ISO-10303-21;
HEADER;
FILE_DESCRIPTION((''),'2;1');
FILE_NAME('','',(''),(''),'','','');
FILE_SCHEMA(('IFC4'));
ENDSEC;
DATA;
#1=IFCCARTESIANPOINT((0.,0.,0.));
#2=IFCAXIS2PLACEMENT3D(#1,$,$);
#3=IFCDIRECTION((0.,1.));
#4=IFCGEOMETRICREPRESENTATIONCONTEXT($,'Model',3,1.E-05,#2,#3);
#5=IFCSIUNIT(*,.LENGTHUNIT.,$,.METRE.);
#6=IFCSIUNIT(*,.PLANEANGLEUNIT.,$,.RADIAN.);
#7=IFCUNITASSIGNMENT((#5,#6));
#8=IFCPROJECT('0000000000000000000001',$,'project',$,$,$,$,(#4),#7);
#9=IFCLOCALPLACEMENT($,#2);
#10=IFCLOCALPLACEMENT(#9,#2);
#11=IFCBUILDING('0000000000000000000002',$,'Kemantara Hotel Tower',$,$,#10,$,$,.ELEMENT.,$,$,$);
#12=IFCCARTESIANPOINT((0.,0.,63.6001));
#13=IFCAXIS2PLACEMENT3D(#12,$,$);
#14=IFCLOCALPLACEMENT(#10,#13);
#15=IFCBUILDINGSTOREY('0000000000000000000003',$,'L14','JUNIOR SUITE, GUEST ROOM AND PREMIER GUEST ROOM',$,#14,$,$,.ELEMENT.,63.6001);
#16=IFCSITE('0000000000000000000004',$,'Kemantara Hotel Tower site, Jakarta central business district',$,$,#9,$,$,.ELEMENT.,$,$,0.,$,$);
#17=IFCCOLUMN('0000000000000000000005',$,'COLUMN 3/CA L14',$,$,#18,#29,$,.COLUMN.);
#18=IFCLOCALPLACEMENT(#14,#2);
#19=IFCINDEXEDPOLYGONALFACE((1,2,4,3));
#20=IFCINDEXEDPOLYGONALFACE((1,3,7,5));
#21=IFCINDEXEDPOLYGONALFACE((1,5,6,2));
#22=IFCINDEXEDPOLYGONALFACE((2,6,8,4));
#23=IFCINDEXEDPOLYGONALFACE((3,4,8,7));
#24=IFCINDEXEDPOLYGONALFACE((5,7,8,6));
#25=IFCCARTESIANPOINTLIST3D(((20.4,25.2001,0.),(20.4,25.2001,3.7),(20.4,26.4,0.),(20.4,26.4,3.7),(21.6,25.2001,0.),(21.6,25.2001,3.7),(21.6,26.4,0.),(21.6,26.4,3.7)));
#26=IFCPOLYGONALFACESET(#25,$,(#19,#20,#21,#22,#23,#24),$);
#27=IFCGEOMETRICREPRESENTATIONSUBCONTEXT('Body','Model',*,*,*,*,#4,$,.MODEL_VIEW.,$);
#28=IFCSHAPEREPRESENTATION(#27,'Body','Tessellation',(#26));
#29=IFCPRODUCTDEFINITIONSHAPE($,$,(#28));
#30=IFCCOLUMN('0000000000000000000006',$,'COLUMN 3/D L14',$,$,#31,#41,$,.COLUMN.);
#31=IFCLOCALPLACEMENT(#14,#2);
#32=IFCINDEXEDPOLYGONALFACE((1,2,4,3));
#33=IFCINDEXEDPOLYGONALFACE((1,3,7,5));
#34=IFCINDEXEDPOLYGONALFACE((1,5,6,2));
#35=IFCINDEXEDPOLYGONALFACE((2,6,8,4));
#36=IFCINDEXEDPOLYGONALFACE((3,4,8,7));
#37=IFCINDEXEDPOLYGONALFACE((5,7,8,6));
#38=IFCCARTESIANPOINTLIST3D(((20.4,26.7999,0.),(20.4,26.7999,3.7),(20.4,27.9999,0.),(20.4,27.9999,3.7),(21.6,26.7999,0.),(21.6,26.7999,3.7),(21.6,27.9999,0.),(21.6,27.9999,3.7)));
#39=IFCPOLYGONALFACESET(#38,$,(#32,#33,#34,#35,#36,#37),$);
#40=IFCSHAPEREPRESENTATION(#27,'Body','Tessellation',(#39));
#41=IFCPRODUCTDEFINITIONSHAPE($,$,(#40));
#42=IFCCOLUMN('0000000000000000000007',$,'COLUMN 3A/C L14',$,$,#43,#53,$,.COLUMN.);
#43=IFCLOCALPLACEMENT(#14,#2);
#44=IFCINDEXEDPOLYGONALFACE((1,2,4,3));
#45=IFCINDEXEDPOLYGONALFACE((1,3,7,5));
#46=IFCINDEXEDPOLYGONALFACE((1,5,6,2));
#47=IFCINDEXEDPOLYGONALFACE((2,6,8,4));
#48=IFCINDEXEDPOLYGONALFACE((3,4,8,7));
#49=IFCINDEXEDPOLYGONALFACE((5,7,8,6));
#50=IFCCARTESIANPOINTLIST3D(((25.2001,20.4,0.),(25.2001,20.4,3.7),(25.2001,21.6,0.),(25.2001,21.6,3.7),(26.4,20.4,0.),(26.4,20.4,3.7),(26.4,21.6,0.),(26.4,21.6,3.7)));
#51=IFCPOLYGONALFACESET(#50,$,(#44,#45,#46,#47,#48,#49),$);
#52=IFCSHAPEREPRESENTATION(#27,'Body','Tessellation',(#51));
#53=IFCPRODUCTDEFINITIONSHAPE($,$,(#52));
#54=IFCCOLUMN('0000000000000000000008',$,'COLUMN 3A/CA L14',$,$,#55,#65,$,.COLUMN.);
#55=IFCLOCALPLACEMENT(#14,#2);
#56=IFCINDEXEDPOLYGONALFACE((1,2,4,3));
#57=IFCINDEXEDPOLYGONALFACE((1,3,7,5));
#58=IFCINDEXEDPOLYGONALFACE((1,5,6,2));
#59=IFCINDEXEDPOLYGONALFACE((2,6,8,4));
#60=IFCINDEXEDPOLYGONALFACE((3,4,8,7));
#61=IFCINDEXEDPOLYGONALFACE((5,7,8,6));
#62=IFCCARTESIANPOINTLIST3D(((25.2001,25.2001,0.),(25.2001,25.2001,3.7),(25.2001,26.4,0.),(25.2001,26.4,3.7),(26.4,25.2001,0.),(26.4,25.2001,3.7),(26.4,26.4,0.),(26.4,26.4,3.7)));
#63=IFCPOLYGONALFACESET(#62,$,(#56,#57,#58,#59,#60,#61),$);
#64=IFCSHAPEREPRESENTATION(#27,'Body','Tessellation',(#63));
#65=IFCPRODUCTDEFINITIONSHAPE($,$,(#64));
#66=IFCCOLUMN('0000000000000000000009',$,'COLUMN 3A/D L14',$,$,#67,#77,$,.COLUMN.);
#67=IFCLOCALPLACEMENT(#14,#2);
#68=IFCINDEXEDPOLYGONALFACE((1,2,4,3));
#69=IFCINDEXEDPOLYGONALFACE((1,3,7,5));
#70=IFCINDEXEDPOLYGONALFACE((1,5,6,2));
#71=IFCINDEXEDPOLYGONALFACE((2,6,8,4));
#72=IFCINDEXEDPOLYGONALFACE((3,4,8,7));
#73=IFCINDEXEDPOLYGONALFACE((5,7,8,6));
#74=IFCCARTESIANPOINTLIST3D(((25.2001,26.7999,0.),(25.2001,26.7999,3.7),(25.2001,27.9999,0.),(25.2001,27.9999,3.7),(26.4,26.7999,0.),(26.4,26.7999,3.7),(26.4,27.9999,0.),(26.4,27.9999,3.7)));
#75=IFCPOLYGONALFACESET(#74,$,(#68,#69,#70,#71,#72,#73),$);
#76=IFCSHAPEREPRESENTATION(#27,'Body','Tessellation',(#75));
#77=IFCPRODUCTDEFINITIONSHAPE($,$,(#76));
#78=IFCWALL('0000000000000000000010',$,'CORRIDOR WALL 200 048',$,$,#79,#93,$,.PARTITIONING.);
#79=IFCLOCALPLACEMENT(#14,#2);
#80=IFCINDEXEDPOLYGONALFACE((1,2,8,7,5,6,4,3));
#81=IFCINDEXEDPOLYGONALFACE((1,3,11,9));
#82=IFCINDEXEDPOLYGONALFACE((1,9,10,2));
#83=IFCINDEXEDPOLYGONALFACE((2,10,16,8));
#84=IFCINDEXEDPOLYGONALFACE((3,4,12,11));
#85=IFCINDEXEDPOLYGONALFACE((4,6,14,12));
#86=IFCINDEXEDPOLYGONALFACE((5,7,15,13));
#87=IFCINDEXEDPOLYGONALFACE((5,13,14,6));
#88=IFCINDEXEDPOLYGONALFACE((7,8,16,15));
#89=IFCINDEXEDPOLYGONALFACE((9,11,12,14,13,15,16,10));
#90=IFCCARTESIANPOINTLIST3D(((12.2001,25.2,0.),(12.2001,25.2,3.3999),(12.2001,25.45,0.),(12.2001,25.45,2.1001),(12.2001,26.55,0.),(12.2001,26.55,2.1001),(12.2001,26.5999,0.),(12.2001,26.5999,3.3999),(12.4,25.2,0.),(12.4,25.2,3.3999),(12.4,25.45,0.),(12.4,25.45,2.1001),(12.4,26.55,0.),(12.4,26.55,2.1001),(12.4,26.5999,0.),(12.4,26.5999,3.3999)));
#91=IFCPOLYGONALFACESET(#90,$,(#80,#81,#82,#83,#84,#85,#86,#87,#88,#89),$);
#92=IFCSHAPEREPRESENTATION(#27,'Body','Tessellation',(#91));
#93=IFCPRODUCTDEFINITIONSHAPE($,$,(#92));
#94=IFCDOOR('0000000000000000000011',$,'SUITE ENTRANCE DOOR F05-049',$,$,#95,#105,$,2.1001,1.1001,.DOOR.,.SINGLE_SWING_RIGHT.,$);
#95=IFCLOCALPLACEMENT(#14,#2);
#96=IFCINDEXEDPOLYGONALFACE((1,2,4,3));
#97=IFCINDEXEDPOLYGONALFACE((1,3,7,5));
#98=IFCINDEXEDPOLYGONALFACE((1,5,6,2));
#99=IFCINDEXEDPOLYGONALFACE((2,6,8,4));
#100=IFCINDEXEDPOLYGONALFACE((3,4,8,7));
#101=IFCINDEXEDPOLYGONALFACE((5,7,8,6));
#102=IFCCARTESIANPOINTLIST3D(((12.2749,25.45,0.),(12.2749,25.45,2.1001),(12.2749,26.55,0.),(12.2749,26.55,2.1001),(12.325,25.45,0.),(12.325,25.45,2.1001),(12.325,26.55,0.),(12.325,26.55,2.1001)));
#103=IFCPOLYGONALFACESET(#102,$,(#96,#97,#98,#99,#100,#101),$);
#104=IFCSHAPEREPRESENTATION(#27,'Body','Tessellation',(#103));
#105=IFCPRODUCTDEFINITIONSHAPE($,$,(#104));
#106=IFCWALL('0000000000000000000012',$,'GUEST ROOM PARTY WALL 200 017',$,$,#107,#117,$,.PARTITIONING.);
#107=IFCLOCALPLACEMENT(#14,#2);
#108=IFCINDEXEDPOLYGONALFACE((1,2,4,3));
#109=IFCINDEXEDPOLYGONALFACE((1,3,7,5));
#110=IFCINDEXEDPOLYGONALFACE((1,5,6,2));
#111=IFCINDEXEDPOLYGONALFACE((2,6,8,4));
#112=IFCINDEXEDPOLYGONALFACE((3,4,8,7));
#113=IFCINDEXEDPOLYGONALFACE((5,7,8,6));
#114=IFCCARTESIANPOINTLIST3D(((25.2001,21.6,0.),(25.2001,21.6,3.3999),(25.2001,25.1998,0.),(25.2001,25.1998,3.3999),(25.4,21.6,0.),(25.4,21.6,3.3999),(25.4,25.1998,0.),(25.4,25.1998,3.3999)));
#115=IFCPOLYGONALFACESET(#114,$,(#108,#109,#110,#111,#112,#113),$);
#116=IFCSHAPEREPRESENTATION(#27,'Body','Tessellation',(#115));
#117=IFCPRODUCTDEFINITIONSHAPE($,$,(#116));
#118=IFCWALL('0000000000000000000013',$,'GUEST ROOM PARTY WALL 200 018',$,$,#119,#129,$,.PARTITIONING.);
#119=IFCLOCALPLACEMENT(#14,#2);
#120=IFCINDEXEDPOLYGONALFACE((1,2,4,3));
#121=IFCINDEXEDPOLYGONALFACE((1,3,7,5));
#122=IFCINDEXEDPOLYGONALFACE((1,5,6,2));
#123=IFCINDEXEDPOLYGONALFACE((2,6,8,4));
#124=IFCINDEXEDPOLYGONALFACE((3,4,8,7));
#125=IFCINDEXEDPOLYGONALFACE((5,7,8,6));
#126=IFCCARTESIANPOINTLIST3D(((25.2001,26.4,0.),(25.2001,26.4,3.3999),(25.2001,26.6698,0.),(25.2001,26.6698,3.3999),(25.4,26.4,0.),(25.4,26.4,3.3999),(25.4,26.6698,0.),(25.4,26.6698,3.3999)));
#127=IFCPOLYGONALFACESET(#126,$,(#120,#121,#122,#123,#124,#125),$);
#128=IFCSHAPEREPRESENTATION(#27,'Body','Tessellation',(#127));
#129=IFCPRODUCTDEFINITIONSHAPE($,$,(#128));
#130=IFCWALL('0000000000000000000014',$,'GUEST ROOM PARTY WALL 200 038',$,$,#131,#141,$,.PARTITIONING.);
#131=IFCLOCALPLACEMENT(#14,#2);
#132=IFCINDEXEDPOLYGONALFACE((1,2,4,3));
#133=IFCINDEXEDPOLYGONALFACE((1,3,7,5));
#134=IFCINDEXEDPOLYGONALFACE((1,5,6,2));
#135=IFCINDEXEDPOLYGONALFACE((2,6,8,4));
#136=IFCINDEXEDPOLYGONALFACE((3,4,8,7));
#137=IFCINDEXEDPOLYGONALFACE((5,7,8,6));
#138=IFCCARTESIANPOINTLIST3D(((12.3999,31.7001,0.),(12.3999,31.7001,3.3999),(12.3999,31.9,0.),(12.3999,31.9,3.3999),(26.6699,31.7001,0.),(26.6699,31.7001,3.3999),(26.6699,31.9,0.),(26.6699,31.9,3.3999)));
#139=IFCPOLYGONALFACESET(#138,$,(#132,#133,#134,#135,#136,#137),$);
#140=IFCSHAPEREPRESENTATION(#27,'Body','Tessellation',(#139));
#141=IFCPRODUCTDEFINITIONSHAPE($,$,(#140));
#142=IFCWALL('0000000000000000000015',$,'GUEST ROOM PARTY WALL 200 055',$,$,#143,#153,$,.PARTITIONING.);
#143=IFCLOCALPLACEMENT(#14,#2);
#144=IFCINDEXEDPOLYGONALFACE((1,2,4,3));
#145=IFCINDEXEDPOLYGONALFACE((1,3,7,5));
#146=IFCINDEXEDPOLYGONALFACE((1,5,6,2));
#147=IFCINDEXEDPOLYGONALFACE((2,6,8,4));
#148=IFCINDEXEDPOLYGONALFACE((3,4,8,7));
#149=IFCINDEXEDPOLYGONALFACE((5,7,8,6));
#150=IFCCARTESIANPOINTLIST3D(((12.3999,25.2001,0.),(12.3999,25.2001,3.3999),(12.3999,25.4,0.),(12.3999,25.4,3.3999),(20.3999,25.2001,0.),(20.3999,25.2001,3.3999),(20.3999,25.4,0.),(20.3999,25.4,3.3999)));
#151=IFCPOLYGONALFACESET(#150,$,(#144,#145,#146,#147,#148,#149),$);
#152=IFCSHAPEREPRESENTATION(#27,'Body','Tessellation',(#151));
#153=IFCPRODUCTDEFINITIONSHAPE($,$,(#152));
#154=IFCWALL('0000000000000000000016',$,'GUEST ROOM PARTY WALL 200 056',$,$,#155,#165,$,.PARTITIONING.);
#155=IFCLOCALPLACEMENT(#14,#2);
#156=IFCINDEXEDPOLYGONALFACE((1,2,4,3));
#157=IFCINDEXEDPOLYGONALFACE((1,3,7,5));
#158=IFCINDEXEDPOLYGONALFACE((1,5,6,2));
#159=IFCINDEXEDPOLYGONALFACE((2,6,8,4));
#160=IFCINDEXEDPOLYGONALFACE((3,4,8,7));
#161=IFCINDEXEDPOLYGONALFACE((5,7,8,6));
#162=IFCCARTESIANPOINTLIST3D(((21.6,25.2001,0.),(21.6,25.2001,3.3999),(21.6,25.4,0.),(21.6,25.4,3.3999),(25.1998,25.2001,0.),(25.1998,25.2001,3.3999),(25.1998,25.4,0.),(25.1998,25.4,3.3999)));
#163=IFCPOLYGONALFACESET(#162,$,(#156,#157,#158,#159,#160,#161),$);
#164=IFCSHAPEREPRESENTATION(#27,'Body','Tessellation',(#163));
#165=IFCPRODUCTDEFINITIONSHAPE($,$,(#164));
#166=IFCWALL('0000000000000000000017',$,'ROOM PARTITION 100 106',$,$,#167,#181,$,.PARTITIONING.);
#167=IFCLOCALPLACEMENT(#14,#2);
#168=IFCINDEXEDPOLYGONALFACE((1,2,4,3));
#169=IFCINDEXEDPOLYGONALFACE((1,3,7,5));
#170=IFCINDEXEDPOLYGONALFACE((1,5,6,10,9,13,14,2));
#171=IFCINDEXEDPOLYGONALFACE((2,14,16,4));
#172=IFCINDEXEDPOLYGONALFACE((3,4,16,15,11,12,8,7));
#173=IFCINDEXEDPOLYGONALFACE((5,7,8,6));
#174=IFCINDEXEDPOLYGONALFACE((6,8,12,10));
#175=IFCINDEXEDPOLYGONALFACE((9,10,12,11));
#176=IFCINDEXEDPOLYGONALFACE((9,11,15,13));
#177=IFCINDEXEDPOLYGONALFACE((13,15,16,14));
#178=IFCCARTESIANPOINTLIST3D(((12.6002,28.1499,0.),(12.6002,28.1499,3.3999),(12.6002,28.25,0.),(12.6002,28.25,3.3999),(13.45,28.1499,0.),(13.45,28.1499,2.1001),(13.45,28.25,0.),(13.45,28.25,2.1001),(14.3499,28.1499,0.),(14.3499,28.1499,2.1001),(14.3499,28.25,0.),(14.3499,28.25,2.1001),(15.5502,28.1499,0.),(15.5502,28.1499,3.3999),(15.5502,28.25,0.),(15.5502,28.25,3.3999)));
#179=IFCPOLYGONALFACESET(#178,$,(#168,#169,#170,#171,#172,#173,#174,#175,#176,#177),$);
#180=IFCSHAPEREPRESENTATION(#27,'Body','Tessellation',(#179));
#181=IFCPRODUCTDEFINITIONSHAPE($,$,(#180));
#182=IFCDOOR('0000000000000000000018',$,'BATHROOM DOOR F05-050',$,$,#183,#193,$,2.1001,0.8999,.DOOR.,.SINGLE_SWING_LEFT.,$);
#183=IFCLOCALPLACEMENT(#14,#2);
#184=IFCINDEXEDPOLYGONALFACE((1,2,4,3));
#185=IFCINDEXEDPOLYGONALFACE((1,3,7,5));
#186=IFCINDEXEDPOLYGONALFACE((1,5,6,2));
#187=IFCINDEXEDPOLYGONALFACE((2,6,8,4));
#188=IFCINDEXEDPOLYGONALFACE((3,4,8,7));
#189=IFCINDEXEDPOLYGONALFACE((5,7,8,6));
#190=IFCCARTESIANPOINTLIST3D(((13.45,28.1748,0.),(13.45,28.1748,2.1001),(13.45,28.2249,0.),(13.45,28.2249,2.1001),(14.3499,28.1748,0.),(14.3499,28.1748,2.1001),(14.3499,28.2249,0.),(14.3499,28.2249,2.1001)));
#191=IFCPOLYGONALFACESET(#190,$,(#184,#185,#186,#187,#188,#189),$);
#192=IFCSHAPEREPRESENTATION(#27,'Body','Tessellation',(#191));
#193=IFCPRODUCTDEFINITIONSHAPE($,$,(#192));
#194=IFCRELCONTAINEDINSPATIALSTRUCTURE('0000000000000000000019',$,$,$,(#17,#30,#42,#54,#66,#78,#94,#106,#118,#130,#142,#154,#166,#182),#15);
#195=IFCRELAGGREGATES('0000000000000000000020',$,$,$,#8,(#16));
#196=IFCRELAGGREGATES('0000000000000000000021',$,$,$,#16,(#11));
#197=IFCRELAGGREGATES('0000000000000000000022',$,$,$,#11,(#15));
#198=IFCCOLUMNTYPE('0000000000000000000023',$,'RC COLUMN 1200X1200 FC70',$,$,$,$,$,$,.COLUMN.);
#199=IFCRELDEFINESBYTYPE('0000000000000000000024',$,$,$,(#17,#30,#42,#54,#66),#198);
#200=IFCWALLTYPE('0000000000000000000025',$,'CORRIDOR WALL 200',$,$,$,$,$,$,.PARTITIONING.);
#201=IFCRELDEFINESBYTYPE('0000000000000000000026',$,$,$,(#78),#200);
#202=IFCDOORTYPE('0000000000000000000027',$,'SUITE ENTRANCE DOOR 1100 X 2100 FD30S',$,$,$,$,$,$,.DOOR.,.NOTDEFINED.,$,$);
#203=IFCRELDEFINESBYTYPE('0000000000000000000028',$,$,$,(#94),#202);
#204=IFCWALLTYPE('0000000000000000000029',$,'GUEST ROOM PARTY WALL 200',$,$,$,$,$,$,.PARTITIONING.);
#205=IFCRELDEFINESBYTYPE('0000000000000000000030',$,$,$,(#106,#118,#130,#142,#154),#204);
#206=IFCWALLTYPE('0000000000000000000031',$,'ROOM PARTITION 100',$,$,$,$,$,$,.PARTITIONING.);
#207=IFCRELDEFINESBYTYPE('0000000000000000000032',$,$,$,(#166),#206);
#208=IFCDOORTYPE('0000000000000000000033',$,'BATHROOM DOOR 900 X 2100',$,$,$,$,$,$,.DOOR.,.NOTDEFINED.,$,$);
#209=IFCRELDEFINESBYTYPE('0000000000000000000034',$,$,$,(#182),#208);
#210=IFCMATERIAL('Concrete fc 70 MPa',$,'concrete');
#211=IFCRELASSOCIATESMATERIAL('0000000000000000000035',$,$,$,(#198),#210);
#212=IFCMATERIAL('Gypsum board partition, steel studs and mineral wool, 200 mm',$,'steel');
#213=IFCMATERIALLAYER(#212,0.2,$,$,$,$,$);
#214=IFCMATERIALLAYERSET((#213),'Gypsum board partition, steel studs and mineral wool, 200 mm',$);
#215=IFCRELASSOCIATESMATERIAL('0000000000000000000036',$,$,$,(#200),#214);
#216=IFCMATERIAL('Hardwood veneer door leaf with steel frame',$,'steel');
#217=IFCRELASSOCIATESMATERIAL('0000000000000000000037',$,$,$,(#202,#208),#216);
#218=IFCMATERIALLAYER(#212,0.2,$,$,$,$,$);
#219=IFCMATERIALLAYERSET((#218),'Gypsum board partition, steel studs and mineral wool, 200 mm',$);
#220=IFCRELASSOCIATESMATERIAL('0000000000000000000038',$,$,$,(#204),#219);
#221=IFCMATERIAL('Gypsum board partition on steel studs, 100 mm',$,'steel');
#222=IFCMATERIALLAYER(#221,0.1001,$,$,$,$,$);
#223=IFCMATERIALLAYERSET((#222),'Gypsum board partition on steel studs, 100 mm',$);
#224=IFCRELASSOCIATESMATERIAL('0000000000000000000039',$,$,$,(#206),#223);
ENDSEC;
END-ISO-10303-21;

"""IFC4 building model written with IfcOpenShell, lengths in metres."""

from ifc_helpers import new_model, si_unit, direction, frame, frame_2d, origin, origin_2d, place, context, subcontext, project, spatial, rectangle, extrude, material, layer, layer_set, material_profile, profile_set, type_object, element, fill, save


model = new_model("IFC4")

# Units and contexts
model_context = context("Model", 3, precision=1e-05, world=origin(), true_north=direction((0.0, 1.0)))
body_context = subcontext(model_context, "Body", "Model", "MODEL_VIEW")
ifc_project = project(units=[si_unit("LENGTHUNIT", "METRE"), si_unit("PLANEANGLEUNIT", "RADIAN")], contexts=[model_context])

# Site, building, storey
site_placement = place(None, origin())
site = spatial("IfcSite", under=ifc_project, at=site_placement, Name="Kemantara Hotel Tower site, Jakarta central business district", CompositionType="ELEMENT", RefElevation=0.0)
building_placement = place(site_placement, origin())
building = spatial("IfcBuilding", under=site, at=building_placement, Name="Kemantara Hotel Tower", CompositionType="ELEMENT")
storey_placement = place(building_placement, frame((0.0, 0.0, 63.6001)))
storey = spatial("IfcBuildingStorey", under=building, at=storey_placement, Name="L14", Description="JUNIOR SUITE, GUEST ROOM AND PREMIER GUEST ROOM", CompositionType="ELEMENT", Elevation=63.6001)

# Columns
ifc_material_1 = material(Name="Concrete fc 70 MPa", Category="concrete")
ifc_material_profile = material_profile(ifc_material_1, rectangle(XDim=1.2, YDim=1.2, at=origin_2d()), Name="RC 1200X1200")
ifc_profile_set = profile_set([ifc_material_profile], Name="Concrete fc 70 MPa")
column_type = type_object("IfcColumnType", Name="RC COLUMN 1200X1200 FC70", PredefinedType="COLUMN", material=ifc_profile_set)
for number, where, z_axis, x_axis, name in (
    (1, (21.0, 25.8, 0.0), (0.0, 0.0, 1.0), (1.0, 0.0, 0.0), "COLUMN 3/CA L14"),
    (2, (21.0, 27.3999, 0.0), (0.0, 0.0, 1.0), (1.0, 0.0, 0.0), "COLUMN 3/D L14"),
    (3, (25.8, 21.0, 0.0), (0.0, 0.0, 1.0), (1.0, 0.0, 0.0), "COLUMN 3A/C L14"),
    (4, (25.8, 25.8, 0.0), (0.0, 0.0, 1.0), (1.0, 0.0, 0.0), "COLUMN 3A/CA L14"),
    (5, (25.8, 27.3999, 0.0), (0.0, 0.0, 1.0), (1.0, 0.0, 0.0), "COLUMN 3A/D L14"),
):
    element("IfcColumn", number, at=place(storey_placement, frame(where, z_axis=z_axis, x_axis=x_axis)), inside=storey, type_object=column_type, Name=name, PredefinedType="COLUMN", context=body_context, shape_type="SweptSolid", body=[
        extrude(rectangle(XDim=1.2, YDim=1.2, at=origin_2d()), origin(), (0.0, 0.0, 1.0), 3.7),
    ])

# Wall, opening, door
ifc_material_2 = material(Name="Gypsum board partition, steel studs and mineral wool, 200 mm", Category="steel")
ifc_layer_1 = layer(ifc_material_2, 0.2)
ifc_layer_set_1 = layer_set([ifc_layer_1], Name="Gypsum board partition, steel studs and mineral wool, 200 mm")
wall_type_1 = type_object("IfcWallType", Name="CORRIDOR WALL 200", PredefinedType="PARTITIONING", material=ifc_layer_set_1)
wall_1_placement = place(storey_placement, frame((12.3, 26.5999, 0.0), z_axis=(0.0, 0.0, 1.0), x_axis=(0.0, -1.0, 0.0)))
wall_1 = element("IfcWall", 6, at=wall_1_placement, inside=storey, type_object=wall_type_1, Name="CORRIDOR WALL 200 048", PredefinedType="PARTITIONING", context=body_context, shape_type="SweptSolid", body=[
    extrude(rectangle(XDim=1.3999, YDim=0.2, at=frame_2d((0.7, 0.0))), origin(), (0.0, 0.0, 1.0), 3.3999),
])
opening_1_placement = place(wall_1_placement, frame((0.0498, 0.0, 0.0)))
opening_1 = element("IfcOpeningElement", 7, at=opening_1_placement, cuts=wall_1, PredefinedType="OPENING", context=body_context, shape_type="SweptSolid", body=[
    extrude(rectangle(XDim=1.1001, YDim=2.1001, at=frame_2d((0.55, 1.05))), frame((0.0, 0.1099, 0.0), z_axis=(0.0, -1.0, 0.0), x_axis=(1.0, 0.0, 0.0)), (0.0, 0.0, 1.0), 0.22),
])
ifc_material_3 = material(Name="Hardwood veneer door leaf with steel frame", Category="steel")
door_type_1 = type_object("IfcDoorType", Name="SUITE ENTRANCE DOOR 1100 X 2100 FD30S", OperationType="NOTDEFINED", PredefinedType="DOOR", material=ifc_material_3)
door_1_placement = place(opening_1_placement, origin())
door_1 = element("IfcDoor", 8, at=door_1_placement, inside=storey, type_object=door_type_1, Name="SUITE ENTRANCE DOOR F05-049", OperationType="SINGLE_SWING_RIGHT", OverallHeight=2.1001, OverallWidth=1.1001, PredefinedType="DOOR", context=body_context, shape_type="SweptSolid", body=[
    extrude(rectangle(XDim=1.1001, YDim=2.1001, at=frame_2d((0.55, 1.05))), frame((0.0, 0.0249, 0.0), z_axis=(0.0, -1.0, 0.0), x_axis=(1.0, 0.0, 0.0)), (0.0, 0.0, 1.0), 0.05),
])
fill(opening_1, door_1)

# Walls
ifc_layer_2 = layer(ifc_material_2, 0.2)
ifc_layer_set_2 = layer_set([ifc_layer_2], Name="Gypsum board partition, steel studs and mineral wool, 200 mm")
wall_type_2 = type_object("IfcWallType", Name="GUEST ROOM PARTY WALL 200", PredefinedType="PARTITIONING", material=ifc_layer_set_2)
wall_2_placement = place(storey_placement, frame((25.3, 21.6001, 0.0), z_axis=(0.0, 0.0, 1.0), x_axis=(0.0, 1.0, 0.0)))
element("IfcWall", 9, at=wall_2_placement, inside=storey, type_object=wall_type_2, Name="GUEST ROOM PARTY WALL 200 017", PredefinedType="PARTITIONING", context=body_context, shape_type="SweptSolid", body=[
    extrude(rectangle(XDim=3.5999, YDim=0.2, at=frame_2d((1.7998, 0.0))), origin(), (0.0, 0.0, 1.0), 3.3999),
])
wall_3_placement = place(storey_placement, frame((25.3, 26.4001, 0.0), z_axis=(0.0, 0.0, 1.0), x_axis=(0.0, 1.0, 0.0)))
element("IfcWall", 10, at=wall_3_placement, inside=storey, type_object=wall_type_2, Name="GUEST ROOM PARTY WALL 200 018", PredefinedType="PARTITIONING", context=body_context, shape_type="SweptSolid", body=[
    extrude(rectangle(XDim=0.2698, YDim=0.2, at=frame_2d((0.1348, 0.0))), origin(), (0.0, 0.0, 1.0), 3.3999),
])
wall_4_placement = place(storey_placement, frame((12.3999, 31.8, 0.0), z_axis=(0.0, 0.0, 1.0), x_axis=(1.0, 0.0, 0.0)))
element("IfcWall", 11, at=wall_4_placement, inside=storey, type_object=wall_type_2, Name="GUEST ROOM PARTY WALL 200 038", PredefinedType="PARTITIONING", context=body_context, shape_type="SweptSolid", body=[
    extrude(rectangle(XDim=14.27, YDim=0.2, at=frame_2d((7.135, 0.0))), origin(), (0.0, 0.0, 1.0), 3.3999),
])
wall_5_placement = place(storey_placement, frame((12.3999, 25.3, 0.0), z_axis=(0.0, 0.0, 1.0), x_axis=(1.0, 0.0, 0.0)))
element("IfcWall", 12, at=wall_5_placement, inside=storey, type_object=wall_type_2, Name="GUEST ROOM PARTY WALL 200 055", PredefinedType="PARTITIONING", context=body_context, shape_type="SweptSolid", body=[
    extrude(rectangle(XDim=8.0, YDim=0.2, at=frame_2d((4.0, 0.0))), origin(), (0.0, 0.0, 1.0), 3.3999),
])
wall_6_placement = place(storey_placement, frame((21.6001, 25.3, 0.0), z_axis=(0.0, 0.0, 1.0), x_axis=(1.0, 0.0, 0.0)))
element("IfcWall", 13, at=wall_6_placement, inside=storey, type_object=wall_type_2, Name="GUEST ROOM PARTY WALL 200 056", PredefinedType="PARTITIONING", context=body_context, shape_type="SweptSolid", body=[
    extrude(rectangle(XDim=3.5999, YDim=0.2, at=frame_2d((1.7998, 0.0))), origin(), (0.0, 0.0, 1.0), 3.3999),
])

# Wall, opening, door
ifc_material_4 = material(Name="Gypsum board partition on steel studs, 100 mm", Category="steel")
ifc_layer_3 = layer(ifc_material_4, 0.1001)
ifc_layer_set_3 = layer_set([ifc_layer_3], Name="Gypsum board partition on steel studs, 100 mm")
wall_type_3 = type_object("IfcWallType", Name="ROOM PARTITION 100", PredefinedType="PARTITIONING", material=ifc_layer_set_3)
wall_7_placement = place(storey_placement, frame((12.6001, 28.2, 0.0), z_axis=(0.0, 0.0, 1.0), x_axis=(1.0, 0.0, 0.0)))
wall_7 = element("IfcWall", 14, at=wall_7_placement, inside=storey, type_object=wall_type_3, Name="ROOM PARTITION 100 106", PredefinedType="PARTITIONING", context=body_context, shape_type="SweptSolid", body=[
    extrude(rectangle(XDim=2.95, YDim=0.1001, at=frame_2d((1.4751, 0.0))), origin(), (0.0, 0.0, 1.0), 3.3999),
])
opening_2_placement = place(wall_7_placement, frame((0.8499, 0.0, 0.0)))
opening_2 = element("IfcOpeningElement", 15, at=opening_2_placement, cuts=wall_7, PredefinedType="OPENING", context=body_context, shape_type="SweptSolid", body=[
    extrude(rectangle(XDim=0.8999, YDim=2.1001, at=frame_2d((0.45, 1.05))), frame((0.0, 0.0601, 0.0), z_axis=(0.0, -1.0, 0.0), x_axis=(1.0, 0.0, 0.0)), (0.0, 0.0, 1.0), 0.1201),
])
door_type_2 = type_object("IfcDoorType", Name="BATHROOM DOOR 900 X 2100", OperationType="NOTDEFINED", PredefinedType="DOOR", material=ifc_material_3)
door_2_placement = place(opening_2_placement, origin())
door_2 = element("IfcDoor", 16, at=door_2_placement, inside=storey, type_object=door_type_2, Name="BATHROOM DOOR F05-050", OperationType="SINGLE_SWING_LEFT", OverallHeight=2.1001, OverallWidth=0.8999, PredefinedType="DOOR", context=body_context, shape_type="SweptSolid", body=[
    extrude(rectangle(XDim=0.8999, YDim=2.1001, at=frame_2d((0.45, 1.05))), frame((0.0, 0.0249, 0.0), z_axis=(0.0, -1.0, 0.0), x_axis=(1.0, 0.0, 0.0)), (0.0, 0.0, 1.0), 0.05),
])
fill(opening_2, door_2)

save(model, "model.ifc")
